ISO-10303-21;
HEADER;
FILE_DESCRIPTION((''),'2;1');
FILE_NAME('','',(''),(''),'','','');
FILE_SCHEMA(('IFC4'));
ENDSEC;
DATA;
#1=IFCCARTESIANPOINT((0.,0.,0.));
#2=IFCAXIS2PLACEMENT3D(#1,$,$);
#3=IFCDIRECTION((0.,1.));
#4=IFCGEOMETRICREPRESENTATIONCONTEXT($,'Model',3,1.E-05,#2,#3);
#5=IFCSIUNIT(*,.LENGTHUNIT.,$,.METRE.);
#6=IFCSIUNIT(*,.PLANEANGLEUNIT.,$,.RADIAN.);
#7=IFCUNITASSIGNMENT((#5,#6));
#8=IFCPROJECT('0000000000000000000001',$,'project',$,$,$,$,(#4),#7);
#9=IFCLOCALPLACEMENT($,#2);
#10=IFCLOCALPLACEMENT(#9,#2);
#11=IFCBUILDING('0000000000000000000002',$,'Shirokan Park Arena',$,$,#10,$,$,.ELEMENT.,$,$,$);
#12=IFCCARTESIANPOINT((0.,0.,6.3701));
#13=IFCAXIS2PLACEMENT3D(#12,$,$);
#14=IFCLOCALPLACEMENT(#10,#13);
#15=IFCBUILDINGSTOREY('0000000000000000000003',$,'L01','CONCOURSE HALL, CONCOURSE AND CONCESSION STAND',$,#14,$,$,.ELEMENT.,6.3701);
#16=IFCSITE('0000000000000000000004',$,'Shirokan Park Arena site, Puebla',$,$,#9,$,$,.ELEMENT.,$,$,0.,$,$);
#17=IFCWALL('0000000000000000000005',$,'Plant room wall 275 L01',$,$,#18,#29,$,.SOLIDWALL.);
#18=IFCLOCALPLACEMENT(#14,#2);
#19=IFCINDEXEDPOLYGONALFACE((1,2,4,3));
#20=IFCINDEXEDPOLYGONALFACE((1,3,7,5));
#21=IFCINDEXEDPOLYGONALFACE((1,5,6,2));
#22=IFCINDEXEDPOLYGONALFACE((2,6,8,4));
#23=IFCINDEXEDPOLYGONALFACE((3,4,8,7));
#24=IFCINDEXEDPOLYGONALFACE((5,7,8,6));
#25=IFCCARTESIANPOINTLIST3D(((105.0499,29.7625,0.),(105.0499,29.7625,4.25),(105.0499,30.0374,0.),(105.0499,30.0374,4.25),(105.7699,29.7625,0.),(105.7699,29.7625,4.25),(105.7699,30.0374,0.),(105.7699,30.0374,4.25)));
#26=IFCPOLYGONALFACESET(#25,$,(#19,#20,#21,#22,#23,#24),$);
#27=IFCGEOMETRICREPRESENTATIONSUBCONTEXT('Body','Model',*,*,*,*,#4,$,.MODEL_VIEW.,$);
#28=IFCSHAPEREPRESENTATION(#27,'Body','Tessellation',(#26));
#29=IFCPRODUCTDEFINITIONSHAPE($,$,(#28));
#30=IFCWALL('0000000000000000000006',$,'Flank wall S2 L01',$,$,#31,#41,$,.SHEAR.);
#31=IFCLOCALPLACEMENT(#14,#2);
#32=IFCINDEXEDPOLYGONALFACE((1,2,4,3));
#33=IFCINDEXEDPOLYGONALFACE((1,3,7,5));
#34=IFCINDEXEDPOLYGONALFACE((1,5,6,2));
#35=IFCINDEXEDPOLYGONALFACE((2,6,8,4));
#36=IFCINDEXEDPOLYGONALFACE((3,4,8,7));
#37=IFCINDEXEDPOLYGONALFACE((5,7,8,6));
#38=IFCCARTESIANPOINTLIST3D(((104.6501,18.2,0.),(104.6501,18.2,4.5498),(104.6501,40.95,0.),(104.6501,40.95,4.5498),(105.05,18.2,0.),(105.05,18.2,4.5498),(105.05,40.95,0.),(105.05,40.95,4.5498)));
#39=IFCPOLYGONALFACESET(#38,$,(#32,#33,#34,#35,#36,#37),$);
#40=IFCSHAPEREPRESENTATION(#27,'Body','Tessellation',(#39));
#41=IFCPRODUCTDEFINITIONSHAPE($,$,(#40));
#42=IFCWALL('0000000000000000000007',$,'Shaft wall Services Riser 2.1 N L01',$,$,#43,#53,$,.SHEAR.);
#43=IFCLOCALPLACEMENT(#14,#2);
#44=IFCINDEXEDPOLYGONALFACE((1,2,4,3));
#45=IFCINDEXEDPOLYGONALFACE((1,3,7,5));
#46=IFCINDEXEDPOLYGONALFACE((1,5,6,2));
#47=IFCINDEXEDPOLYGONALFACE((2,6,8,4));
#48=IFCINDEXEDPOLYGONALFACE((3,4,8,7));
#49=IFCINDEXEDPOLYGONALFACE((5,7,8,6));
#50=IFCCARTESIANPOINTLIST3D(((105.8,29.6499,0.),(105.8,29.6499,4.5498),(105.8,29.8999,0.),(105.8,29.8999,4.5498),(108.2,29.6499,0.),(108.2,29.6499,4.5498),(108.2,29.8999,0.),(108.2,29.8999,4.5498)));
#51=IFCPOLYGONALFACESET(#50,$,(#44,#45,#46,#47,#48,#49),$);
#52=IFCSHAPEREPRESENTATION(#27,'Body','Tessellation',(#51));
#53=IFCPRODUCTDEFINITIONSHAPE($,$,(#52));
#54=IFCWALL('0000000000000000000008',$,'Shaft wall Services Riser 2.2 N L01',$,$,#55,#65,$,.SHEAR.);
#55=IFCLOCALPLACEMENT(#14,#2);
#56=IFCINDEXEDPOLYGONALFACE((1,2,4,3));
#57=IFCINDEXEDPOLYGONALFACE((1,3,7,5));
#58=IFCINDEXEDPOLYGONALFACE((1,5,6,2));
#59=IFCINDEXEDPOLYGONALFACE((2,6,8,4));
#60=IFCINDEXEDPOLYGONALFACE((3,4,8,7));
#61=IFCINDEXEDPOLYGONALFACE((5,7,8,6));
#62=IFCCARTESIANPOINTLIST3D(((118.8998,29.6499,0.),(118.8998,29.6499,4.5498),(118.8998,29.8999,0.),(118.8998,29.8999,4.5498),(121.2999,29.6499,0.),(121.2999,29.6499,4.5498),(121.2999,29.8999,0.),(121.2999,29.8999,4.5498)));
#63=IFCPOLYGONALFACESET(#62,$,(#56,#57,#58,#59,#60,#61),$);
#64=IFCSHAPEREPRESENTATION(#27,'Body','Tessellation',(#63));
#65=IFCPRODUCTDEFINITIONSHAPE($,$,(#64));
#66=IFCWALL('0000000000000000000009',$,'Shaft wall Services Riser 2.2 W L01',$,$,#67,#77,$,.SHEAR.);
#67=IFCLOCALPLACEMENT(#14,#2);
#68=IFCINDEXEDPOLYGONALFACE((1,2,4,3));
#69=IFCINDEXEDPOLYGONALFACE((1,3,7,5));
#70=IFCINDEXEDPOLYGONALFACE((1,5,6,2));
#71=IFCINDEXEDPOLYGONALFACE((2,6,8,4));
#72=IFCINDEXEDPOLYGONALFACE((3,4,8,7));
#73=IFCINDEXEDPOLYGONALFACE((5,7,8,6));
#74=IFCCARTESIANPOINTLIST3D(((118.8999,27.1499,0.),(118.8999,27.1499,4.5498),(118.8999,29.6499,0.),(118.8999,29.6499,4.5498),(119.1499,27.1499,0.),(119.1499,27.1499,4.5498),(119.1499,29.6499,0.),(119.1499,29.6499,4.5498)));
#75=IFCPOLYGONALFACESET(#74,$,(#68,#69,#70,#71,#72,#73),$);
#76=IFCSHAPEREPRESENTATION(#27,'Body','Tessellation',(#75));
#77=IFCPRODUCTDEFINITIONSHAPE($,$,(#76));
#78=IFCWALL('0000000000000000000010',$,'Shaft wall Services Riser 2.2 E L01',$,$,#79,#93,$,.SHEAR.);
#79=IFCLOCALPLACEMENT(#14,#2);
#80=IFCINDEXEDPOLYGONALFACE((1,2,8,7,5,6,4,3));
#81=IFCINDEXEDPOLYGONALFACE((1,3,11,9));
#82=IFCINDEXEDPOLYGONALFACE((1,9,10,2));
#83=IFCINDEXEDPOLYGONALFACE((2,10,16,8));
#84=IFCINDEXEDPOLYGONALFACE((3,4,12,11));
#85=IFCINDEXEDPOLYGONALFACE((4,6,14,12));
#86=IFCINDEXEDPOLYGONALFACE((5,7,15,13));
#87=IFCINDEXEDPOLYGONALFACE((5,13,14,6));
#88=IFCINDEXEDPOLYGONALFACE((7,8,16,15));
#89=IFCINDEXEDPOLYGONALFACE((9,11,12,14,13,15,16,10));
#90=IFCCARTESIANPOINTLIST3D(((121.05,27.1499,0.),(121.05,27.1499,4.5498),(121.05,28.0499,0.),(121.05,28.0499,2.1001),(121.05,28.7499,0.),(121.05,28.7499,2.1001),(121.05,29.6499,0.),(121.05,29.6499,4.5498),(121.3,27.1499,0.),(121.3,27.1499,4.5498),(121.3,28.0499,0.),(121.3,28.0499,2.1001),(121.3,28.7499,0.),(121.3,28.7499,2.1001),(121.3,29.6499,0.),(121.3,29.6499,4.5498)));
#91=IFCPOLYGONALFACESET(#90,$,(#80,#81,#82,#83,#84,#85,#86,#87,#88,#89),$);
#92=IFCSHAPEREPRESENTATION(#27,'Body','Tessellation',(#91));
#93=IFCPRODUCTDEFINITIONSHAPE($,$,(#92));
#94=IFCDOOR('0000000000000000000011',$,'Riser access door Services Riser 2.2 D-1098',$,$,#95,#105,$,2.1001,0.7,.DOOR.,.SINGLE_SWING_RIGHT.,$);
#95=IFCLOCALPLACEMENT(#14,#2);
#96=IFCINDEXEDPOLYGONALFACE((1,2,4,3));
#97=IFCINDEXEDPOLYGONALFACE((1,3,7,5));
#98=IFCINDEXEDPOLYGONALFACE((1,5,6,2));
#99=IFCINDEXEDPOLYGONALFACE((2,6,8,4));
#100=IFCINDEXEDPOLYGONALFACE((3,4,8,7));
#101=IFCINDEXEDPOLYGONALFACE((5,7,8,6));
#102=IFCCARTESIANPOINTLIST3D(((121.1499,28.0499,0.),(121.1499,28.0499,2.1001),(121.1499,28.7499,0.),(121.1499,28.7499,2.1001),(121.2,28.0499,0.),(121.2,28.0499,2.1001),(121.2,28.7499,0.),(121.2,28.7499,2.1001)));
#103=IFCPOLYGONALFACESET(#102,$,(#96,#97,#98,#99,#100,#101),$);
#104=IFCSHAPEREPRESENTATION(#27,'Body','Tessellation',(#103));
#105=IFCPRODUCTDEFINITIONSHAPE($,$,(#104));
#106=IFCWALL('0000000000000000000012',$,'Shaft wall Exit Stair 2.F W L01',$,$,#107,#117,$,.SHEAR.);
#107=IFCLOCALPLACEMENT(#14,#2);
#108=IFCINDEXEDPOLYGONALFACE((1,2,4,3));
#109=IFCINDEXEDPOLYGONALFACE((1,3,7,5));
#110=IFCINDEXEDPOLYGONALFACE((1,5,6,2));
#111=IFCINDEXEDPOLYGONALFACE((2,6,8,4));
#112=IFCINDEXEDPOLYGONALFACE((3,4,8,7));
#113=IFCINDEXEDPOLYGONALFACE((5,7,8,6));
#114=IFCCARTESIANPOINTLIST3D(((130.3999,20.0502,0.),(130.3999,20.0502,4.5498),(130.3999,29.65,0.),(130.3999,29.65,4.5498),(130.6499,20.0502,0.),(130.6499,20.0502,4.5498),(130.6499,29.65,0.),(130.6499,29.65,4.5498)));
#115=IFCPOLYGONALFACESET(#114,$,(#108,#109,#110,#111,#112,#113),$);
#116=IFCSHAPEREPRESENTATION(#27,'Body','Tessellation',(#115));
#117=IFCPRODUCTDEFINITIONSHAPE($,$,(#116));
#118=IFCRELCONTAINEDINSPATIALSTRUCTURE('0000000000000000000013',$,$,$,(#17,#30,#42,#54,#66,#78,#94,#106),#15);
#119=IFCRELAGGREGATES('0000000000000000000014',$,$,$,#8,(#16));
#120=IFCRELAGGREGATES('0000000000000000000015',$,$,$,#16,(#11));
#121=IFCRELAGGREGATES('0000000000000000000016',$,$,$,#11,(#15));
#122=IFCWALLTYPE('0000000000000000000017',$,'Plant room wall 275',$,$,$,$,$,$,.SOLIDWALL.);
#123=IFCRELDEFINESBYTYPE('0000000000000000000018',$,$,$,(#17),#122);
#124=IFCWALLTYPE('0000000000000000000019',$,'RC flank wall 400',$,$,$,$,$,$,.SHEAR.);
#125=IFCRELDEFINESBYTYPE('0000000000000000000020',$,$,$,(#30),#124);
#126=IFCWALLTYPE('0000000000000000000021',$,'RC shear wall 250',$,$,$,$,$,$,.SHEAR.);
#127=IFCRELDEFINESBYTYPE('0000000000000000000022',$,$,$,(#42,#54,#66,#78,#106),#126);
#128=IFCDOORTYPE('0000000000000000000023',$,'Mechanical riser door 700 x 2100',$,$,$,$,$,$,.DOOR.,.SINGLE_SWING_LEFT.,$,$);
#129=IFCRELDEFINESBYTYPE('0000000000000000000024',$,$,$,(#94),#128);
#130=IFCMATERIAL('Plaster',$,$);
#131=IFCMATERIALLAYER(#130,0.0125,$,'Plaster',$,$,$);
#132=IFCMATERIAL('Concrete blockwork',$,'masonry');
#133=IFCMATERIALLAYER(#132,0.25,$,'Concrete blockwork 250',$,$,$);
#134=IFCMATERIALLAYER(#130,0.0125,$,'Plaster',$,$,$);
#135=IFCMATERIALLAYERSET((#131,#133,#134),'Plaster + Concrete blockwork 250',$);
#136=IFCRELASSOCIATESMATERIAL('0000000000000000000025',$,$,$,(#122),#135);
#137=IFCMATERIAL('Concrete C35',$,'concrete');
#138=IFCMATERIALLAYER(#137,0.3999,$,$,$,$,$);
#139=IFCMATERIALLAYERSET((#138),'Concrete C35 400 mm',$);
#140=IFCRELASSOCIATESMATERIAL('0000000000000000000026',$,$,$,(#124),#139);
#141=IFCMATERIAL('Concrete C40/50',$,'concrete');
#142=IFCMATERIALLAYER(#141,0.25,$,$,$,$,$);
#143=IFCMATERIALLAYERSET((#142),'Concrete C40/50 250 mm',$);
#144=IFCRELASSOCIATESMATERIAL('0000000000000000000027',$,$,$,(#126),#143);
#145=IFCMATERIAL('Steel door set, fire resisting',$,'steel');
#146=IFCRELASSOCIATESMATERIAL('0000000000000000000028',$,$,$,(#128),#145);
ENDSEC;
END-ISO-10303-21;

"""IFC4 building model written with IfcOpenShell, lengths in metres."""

from ifc_helpers import new_model, si_unit, direction, frame, frame_2d, origin, place, context, subcontext, project, spatial, rectangle, extrude, material, layer, layer_set, type_object, element, fill, save


model = new_model("IFC4")

# Units and contexts
model_context = context("Model", 3, precision=1e-05, world=origin(), true_north=direction((0.0, 1.0)))
body_context = subcontext(model_context, "Body", "Model", "MODEL_VIEW")
ifc_project = project(units=[si_unit("LENGTHUNIT", "METRE"), si_unit("PLANEANGLEUNIT", "RADIAN")], contexts=[model_context])

# Site, building, storey
site_placement = place(None, origin())
site = spatial("IfcSite", under=ifc_project, at=site_placement, Name="Shirokan Park Arena site, Puebla", CompositionType="ELEMENT", RefElevation=0.0)
building_placement = place(site_placement, origin())
building = spatial("IfcBuilding", under=site, at=building_placement, Name="Shirokan Park Arena", CompositionType="ELEMENT")
storey_placement = place(building_placement, frame((0.0, 0.0, 6.3701)))
storey = spatial("IfcBuildingStorey", under=building, at=storey_placement, Name="L01", Description="CONCOURSE HALL, CONCOURSE AND CONCESSION STAND", CompositionType="ELEMENT", Elevation=6.3701)

# Shared definitions
ifc_material_1 = material(Name="Concrete C35", Category="concrete")

# Walls
ifc_material_2 = material(Name="Plaster")
ifc_material_3 = material(Name="Concrete blockwork", Category="masonry")
ifc_layer_1 = layer(ifc_material_2, 0.0125, Name="Plaster")
ifc_layer_2 = layer(ifc_material_3, 0.25, Name="Concrete blockwork 250")
ifc_layer_3 = layer(ifc_material_2, 0.0125, Name="Plaster")
ifc_layer_set_1 = layer_set([ifc_layer_1, ifc_layer_2, ifc_layer_3], Name="Plaster + Concrete blockwork 250")
wall_type_1 = type_object("IfcWallType", Name="Plant room wall 275", PredefinedType="SOLIDWALL", material=ifc_layer_set_1)
wall_1_placement = place(storey_placement, frame((105.05, 29.8999, 0.0), z_axis=(0.0, 0.0, 1.0), x_axis=(1.0, 0.0, 0.0)))
element("IfcWall", 1, at=wall_1_placement, inside=storey, type_object=wall_type_1, Name="Plant room wall 275 L01", PredefinedType="SOLIDWALL", context=body_context, shape_type="SweptSolid", body=[
    extrude(rectangle(XDim=0.72, YDim=0.2749, at=frame_2d((0.3599, 0.0))), origin(), (0.0, 0.0, 1.0), 4.25),
])
ifc_layer_4 = layer(ifc_material_1, 0.3999)
ifc_layer_set_2 = layer_set([ifc_layer_4], Name="Concrete C35 400 mm")
wall_type_2 = type_object("IfcWallType", Name="RC flank wall 400", PredefinedType="SHEAR", material=ifc_layer_set_2)
wall_2_placement = place(storey_placement, frame((104.8501, 40.95, 0.0), z_axis=(0.0, 0.0, 1.0), x_axis=(0.0, -1.0, 0.0)))
element("IfcWall", 2, at=wall_2_placement, inside=storey, type_object=wall_type_2, Name="Flank wall S2 L01", PredefinedType="SHEAR", context=body_context, shape_type="SweptSolid", body=[
    extrude(rectangle(XDim=22.75, YDim=0.3999, at=frame_2d((11.375, 0.0))), origin(), (0.0, 0.0, 1.0), 4.5498),
])
ifc_material_4 = material(Name="Concrete C40/50", Category="concrete")
ifc_layer_5 = layer(ifc_material_4, 0.25)
ifc_layer_set_3 = layer_set([ifc_layer_5], Name="Concrete C40/50 250 mm")
wall_type_3 = type_object("IfcWallType", Name="RC shear wall 250", PredefinedType="SHEAR", material=ifc_layer_set_3)
wall_3_placement = place(storey_placement, frame((108.2, 29.7749, 0.0), z_axis=(0.0, 0.0, 1.0), x_axis=(-1.0, 0.0, 0.0)))
element("IfcWall", 3, at=wall_3_placement, inside=storey, type_object=wall_type_3, Name="Shaft wall Services Riser 2.1 N L01", PredefinedType="SHEAR", context=body_context, shape_type="SweptSolid", body=[
    extrude(rectangle(XDim=2.3999, YDim=0.25, at=frame_2d((1.2, 0.0))), origin(), (0.0, 0.0, 1.0), 4.5498),
])
wall_4_placement = place(storey_placement, frame((121.3, 29.7749, 0.0), z_axis=(0.0, 0.0, 1.0), x_axis=(-1.0, 0.0, 0.0)))
element("IfcWall", 4, at=wall_4_placement, inside=storey, type_object=wall_type_3, Name="Shaft wall Services Riser 2.2 N L01", PredefinedType="SHEAR", context=body_context, shape_type="SweptSolid", body=[
    extrude(rectangle(XDim=2.4001, YDim=0.25, at=frame_2d((1.2002, 0.0))), origin(), (0.0, 0.0, 1.0), 4.5498),
])
wall_5_placement = place(storey_placement, frame((119.0249, 29.6499, 0.0), z_axis=(0.0, 0.0, 1.0), x_axis=(0.0, -1.0, 0.0)))
element("IfcWall", 5, at=wall_5_placement, inside=storey, type_object=wall_type_3, Name="Shaft wall Services Riser 2.2 W L01", PredefinedType="SHEAR", context=body_context, shape_type="SweptSolid", body=[
    extrude(rectangle(XDim=2.5, YDim=0.25, at=frame_2d((1.25, 0.0))), origin(), (0.0, 0.0, 1.0), 4.5498),
])

# Wall, opening, door
wall_6_placement = place(storey_placement, frame((121.175, 29.6499, 0.0), z_axis=(0.0, 0.0, 1.0), x_axis=(0.0, -1.0, 0.0)))
wall_6 = element("IfcWall", 6, at=wall_6_placement, inside=storey, type_object=wall_type_3, Name="Shaft wall Services Riser 2.2 E L01", PredefinedType="SHEAR", context=body_context, shape_type="SweptSolid", body=[
    extrude(rectangle(XDim=2.5, YDim=0.25, at=frame_2d((1.25, 0.0))), origin(), (0.0, 0.0, 1.0), 4.5498),
])
opening_placement = place(wall_6_placement, frame((0.8999, 0.0, 0.0)))
opening = element("IfcOpeningElement", 7, at=opening_placement, cuts=wall_6, PredefinedType="OPENING", context=body_context, shape_type="SweptSolid", body=[
    extrude(rectangle(XDim=0.7, YDim=2.1001, at=frame_2d((0.3501, 1.05))), frame((0.0, 0.135, 0.0), z_axis=(0.0, -1.0, 0.0), x_axis=(1.0, 0.0, 0.0)), (0.0, 0.0, 1.0), 0.27),
])
ifc_material_5 = material(Name="Steel door set, fire resisting", Category="steel")
door_type = type_object("IfcDoorType", Name="Mechanical riser door 700 x 2100", OperationType="SINGLE_SWING_LEFT", PredefinedType="DOOR", material=ifc_material_5)
door_placement = place(opening_placement, origin())
door = element("IfcDoor", 8, at=door_placement, inside=storey, type_object=door_type, Name="Riser access door Services Riser 2.2 D-1098", OperationType="SINGLE_SWING_RIGHT", OverallHeight=2.1001, OverallWidth=0.7, PredefinedType="DOOR", context=body_context, shape_type="SweptSolid", body=[
    extrude(rectangle(XDim=0.7, YDim=2.1001, at=frame_2d((0.3501, 1.05))), frame((0.0, 0.0249, 0.0), z_axis=(0.0, -1.0, 0.0), x_axis=(1.0, 0.0, 0.0)), (0.0, 0.0, 1.0), 0.05),
])
fill(opening, door)

# Wall
wall_7_placement = place(storey_placement, frame((130.5249, 29.6499, 0.0), z_axis=(0.0, 0.0, 1.0), x_axis=(0.0, -1.0, 0.0)))
element("IfcWall", 9, at=wall_7_placement, inside=storey, type_object=wall_type_3, Name="Shaft wall Exit Stair 2.F W L01", PredefinedType="SHEAR", context=body_context, shape_type="SweptSolid", body=[
    extrude(rectangle(XDim=9.5999, YDim=0.25, at=frame_2d((4.7998, 0.0))), origin(), (0.0, 0.0, 1.0), 4.5498),
])

save(model, "model.ifc")
